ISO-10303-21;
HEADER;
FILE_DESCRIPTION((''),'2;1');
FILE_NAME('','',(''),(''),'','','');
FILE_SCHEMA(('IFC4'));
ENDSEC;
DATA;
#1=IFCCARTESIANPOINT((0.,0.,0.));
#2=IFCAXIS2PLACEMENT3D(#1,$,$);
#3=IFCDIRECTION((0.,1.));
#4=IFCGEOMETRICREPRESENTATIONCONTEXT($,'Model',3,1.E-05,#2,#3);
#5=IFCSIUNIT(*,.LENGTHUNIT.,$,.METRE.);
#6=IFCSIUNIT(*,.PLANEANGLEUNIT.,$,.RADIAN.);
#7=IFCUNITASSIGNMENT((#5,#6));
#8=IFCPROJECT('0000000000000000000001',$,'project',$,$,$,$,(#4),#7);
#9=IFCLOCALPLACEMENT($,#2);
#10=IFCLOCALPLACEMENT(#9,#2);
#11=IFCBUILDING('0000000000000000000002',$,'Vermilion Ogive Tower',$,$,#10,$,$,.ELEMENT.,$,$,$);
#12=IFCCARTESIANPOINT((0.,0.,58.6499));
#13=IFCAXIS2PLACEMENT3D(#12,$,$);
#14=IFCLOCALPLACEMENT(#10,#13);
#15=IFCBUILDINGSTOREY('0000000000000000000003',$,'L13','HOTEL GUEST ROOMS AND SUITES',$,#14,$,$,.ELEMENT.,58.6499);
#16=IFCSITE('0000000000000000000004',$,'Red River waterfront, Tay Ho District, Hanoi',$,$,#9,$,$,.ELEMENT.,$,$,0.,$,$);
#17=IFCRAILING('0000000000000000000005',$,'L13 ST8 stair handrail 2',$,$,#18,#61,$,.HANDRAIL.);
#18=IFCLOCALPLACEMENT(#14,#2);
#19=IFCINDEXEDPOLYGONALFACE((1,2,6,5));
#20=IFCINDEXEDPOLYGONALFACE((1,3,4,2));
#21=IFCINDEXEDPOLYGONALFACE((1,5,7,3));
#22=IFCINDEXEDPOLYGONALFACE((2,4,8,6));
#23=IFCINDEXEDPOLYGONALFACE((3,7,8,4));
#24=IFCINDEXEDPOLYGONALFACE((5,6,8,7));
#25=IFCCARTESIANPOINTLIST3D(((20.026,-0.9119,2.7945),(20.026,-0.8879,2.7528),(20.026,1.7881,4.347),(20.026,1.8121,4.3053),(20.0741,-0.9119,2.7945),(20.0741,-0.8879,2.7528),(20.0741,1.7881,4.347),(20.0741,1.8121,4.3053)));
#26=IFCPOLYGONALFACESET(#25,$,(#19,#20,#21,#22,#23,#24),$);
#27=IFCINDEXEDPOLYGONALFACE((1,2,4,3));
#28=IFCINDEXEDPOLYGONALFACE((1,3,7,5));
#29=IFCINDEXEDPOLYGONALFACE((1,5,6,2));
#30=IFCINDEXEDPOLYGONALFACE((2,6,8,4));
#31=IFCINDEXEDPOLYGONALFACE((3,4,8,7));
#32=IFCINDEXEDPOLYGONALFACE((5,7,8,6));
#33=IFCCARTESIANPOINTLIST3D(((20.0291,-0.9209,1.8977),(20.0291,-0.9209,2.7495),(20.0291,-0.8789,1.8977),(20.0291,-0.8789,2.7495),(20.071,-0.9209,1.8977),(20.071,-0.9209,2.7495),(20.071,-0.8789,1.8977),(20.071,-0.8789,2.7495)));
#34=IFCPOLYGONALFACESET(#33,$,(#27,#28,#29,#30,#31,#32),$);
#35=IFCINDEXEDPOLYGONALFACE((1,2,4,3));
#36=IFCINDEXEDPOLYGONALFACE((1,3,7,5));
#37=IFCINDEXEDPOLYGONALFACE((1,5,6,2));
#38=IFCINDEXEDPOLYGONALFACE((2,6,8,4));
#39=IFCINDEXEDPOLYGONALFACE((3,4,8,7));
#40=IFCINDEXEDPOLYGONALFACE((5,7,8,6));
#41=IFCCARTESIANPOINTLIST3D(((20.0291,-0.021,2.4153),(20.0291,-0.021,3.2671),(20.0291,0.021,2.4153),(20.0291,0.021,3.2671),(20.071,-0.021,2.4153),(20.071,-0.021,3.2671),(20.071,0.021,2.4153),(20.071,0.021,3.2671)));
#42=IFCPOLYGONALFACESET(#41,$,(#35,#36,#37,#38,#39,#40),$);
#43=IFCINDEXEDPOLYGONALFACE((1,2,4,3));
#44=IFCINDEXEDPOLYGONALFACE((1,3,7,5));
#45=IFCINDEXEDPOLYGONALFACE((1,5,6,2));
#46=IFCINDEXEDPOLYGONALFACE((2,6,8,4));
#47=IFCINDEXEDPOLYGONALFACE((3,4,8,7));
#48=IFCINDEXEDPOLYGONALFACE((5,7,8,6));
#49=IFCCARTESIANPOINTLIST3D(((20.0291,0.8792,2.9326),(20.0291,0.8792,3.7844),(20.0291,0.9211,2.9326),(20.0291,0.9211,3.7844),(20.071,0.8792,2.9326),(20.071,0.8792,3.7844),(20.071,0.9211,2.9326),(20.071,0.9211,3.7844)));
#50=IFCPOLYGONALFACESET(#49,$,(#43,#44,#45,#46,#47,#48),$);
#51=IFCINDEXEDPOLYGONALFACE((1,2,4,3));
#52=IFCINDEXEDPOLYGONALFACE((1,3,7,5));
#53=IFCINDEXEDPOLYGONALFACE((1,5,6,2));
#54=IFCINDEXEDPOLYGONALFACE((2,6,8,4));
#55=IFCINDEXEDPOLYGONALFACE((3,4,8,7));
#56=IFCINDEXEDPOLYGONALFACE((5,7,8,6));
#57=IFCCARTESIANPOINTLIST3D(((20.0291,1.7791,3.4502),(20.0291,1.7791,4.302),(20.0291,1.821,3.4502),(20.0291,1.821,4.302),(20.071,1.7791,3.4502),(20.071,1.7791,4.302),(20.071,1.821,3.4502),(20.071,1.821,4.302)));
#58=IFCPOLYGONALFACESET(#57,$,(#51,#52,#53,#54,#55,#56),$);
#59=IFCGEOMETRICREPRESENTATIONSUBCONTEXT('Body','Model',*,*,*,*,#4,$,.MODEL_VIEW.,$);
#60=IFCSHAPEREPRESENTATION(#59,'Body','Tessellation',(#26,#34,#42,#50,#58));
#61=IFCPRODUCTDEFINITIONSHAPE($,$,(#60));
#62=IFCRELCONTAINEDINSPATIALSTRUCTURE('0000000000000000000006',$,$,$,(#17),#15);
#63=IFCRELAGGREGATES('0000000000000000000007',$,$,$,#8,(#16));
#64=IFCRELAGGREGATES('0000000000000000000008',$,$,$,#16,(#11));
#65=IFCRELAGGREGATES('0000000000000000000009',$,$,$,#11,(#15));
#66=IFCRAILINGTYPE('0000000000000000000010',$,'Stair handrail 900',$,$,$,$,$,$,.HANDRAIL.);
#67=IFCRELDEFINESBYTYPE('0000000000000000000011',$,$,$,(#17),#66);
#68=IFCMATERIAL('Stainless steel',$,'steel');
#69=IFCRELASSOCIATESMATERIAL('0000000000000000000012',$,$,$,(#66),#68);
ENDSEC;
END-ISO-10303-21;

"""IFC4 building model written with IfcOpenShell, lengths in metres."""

from ifc_helpers import new_model, si_unit, direction, frame, origin, origin_2d, place, context, subcontext, project, spatial, rectangle, extrude, material, type_object, element, save


model = new_model("IFC4")

# Units and contexts
model_context = context("Model", 3, precision=1e-05, world=origin(), true_north=direction((0.0, 1.0)))
body_context = subcontext(model_context, "Body", "Model", "MODEL_VIEW")
ifc_project = project(units=[si_unit("LENGTHUNIT", "METRE"), si_unit("PLANEANGLEUNIT", "RADIAN")], contexts=[model_context])

# Site, building, storey
site_placement = place(None, origin())
site = spatial("IfcSite", under=ifc_project, at=site_placement, Name="Red River waterfront, Tay Ho District, Hanoi", CompositionType="ELEMENT", RefElevation=0.0)
building_placement = place(site_placement, origin())
building = spatial("IfcBuilding", under=site, at=building_placement, Name="Vermilion Ogive Tower", CompositionType="ELEMENT")
storey_placement = place(building_placement, frame((0.0, 0.0, 58.6499)))
storey = spatial("IfcBuildingStorey", under=building, at=storey_placement, Name="L13", Description="HOTEL GUEST ROOMS AND SUITES", CompositionType="ELEMENT", Elevation=58.6499)

# Railing
ifc_material_1 = material(Name="Stainless steel", Category="steel")
railing_type = type_object("IfcRailingType", Name="Stair handrail 900", PredefinedType="HANDRAIL", material=ifc_material_1)
railing_placement = place(storey_placement, frame((20.05, -0.8999, 1.8977)))
element("IfcRailing", 1, at=railing_placement, inside=storey, type_object=railing_type, Name="L13 ST8 stair handrail 2", PredefinedType="HANDRAIL", context=body_context, shape_type="SweptSolid", body=[
    extrude(rectangle(XDim=0.0481, YDim=0.0481, at=origin_2d()), frame((0.0, 0.0, 0.876), z_axis=(0.0, 0.866904, 0.498476), x_axis=(-1.0, 0.0, 0.0)), (0.0, 0.0, 1.0), 3.1145),
    extrude(rectangle(XDim=0.042, YDim=0.042, at=origin_2d()), origin(), (0.0, 0.0, 1.0), 0.8518),
    extrude(rectangle(XDim=0.042, YDim=0.042, at=origin_2d()), frame((0.0, 0.8999, 0.5176)), (0.0, 0.0, 1.0), 0.8518),
    extrude(rectangle(XDim=0.042, YDim=0.042, at=origin_2d()), frame((0.0, 1.8, 1.0349)), (0.0, 0.0, 1.0), 0.8518),
    extrude(rectangle(XDim=0.042, YDim=0.042, at=origin_2d()), frame((0.0, 2.7, 1.5525)), (0.0, 0.0, 1.0), 0.8518),
])

save(model, "model.ifc")
